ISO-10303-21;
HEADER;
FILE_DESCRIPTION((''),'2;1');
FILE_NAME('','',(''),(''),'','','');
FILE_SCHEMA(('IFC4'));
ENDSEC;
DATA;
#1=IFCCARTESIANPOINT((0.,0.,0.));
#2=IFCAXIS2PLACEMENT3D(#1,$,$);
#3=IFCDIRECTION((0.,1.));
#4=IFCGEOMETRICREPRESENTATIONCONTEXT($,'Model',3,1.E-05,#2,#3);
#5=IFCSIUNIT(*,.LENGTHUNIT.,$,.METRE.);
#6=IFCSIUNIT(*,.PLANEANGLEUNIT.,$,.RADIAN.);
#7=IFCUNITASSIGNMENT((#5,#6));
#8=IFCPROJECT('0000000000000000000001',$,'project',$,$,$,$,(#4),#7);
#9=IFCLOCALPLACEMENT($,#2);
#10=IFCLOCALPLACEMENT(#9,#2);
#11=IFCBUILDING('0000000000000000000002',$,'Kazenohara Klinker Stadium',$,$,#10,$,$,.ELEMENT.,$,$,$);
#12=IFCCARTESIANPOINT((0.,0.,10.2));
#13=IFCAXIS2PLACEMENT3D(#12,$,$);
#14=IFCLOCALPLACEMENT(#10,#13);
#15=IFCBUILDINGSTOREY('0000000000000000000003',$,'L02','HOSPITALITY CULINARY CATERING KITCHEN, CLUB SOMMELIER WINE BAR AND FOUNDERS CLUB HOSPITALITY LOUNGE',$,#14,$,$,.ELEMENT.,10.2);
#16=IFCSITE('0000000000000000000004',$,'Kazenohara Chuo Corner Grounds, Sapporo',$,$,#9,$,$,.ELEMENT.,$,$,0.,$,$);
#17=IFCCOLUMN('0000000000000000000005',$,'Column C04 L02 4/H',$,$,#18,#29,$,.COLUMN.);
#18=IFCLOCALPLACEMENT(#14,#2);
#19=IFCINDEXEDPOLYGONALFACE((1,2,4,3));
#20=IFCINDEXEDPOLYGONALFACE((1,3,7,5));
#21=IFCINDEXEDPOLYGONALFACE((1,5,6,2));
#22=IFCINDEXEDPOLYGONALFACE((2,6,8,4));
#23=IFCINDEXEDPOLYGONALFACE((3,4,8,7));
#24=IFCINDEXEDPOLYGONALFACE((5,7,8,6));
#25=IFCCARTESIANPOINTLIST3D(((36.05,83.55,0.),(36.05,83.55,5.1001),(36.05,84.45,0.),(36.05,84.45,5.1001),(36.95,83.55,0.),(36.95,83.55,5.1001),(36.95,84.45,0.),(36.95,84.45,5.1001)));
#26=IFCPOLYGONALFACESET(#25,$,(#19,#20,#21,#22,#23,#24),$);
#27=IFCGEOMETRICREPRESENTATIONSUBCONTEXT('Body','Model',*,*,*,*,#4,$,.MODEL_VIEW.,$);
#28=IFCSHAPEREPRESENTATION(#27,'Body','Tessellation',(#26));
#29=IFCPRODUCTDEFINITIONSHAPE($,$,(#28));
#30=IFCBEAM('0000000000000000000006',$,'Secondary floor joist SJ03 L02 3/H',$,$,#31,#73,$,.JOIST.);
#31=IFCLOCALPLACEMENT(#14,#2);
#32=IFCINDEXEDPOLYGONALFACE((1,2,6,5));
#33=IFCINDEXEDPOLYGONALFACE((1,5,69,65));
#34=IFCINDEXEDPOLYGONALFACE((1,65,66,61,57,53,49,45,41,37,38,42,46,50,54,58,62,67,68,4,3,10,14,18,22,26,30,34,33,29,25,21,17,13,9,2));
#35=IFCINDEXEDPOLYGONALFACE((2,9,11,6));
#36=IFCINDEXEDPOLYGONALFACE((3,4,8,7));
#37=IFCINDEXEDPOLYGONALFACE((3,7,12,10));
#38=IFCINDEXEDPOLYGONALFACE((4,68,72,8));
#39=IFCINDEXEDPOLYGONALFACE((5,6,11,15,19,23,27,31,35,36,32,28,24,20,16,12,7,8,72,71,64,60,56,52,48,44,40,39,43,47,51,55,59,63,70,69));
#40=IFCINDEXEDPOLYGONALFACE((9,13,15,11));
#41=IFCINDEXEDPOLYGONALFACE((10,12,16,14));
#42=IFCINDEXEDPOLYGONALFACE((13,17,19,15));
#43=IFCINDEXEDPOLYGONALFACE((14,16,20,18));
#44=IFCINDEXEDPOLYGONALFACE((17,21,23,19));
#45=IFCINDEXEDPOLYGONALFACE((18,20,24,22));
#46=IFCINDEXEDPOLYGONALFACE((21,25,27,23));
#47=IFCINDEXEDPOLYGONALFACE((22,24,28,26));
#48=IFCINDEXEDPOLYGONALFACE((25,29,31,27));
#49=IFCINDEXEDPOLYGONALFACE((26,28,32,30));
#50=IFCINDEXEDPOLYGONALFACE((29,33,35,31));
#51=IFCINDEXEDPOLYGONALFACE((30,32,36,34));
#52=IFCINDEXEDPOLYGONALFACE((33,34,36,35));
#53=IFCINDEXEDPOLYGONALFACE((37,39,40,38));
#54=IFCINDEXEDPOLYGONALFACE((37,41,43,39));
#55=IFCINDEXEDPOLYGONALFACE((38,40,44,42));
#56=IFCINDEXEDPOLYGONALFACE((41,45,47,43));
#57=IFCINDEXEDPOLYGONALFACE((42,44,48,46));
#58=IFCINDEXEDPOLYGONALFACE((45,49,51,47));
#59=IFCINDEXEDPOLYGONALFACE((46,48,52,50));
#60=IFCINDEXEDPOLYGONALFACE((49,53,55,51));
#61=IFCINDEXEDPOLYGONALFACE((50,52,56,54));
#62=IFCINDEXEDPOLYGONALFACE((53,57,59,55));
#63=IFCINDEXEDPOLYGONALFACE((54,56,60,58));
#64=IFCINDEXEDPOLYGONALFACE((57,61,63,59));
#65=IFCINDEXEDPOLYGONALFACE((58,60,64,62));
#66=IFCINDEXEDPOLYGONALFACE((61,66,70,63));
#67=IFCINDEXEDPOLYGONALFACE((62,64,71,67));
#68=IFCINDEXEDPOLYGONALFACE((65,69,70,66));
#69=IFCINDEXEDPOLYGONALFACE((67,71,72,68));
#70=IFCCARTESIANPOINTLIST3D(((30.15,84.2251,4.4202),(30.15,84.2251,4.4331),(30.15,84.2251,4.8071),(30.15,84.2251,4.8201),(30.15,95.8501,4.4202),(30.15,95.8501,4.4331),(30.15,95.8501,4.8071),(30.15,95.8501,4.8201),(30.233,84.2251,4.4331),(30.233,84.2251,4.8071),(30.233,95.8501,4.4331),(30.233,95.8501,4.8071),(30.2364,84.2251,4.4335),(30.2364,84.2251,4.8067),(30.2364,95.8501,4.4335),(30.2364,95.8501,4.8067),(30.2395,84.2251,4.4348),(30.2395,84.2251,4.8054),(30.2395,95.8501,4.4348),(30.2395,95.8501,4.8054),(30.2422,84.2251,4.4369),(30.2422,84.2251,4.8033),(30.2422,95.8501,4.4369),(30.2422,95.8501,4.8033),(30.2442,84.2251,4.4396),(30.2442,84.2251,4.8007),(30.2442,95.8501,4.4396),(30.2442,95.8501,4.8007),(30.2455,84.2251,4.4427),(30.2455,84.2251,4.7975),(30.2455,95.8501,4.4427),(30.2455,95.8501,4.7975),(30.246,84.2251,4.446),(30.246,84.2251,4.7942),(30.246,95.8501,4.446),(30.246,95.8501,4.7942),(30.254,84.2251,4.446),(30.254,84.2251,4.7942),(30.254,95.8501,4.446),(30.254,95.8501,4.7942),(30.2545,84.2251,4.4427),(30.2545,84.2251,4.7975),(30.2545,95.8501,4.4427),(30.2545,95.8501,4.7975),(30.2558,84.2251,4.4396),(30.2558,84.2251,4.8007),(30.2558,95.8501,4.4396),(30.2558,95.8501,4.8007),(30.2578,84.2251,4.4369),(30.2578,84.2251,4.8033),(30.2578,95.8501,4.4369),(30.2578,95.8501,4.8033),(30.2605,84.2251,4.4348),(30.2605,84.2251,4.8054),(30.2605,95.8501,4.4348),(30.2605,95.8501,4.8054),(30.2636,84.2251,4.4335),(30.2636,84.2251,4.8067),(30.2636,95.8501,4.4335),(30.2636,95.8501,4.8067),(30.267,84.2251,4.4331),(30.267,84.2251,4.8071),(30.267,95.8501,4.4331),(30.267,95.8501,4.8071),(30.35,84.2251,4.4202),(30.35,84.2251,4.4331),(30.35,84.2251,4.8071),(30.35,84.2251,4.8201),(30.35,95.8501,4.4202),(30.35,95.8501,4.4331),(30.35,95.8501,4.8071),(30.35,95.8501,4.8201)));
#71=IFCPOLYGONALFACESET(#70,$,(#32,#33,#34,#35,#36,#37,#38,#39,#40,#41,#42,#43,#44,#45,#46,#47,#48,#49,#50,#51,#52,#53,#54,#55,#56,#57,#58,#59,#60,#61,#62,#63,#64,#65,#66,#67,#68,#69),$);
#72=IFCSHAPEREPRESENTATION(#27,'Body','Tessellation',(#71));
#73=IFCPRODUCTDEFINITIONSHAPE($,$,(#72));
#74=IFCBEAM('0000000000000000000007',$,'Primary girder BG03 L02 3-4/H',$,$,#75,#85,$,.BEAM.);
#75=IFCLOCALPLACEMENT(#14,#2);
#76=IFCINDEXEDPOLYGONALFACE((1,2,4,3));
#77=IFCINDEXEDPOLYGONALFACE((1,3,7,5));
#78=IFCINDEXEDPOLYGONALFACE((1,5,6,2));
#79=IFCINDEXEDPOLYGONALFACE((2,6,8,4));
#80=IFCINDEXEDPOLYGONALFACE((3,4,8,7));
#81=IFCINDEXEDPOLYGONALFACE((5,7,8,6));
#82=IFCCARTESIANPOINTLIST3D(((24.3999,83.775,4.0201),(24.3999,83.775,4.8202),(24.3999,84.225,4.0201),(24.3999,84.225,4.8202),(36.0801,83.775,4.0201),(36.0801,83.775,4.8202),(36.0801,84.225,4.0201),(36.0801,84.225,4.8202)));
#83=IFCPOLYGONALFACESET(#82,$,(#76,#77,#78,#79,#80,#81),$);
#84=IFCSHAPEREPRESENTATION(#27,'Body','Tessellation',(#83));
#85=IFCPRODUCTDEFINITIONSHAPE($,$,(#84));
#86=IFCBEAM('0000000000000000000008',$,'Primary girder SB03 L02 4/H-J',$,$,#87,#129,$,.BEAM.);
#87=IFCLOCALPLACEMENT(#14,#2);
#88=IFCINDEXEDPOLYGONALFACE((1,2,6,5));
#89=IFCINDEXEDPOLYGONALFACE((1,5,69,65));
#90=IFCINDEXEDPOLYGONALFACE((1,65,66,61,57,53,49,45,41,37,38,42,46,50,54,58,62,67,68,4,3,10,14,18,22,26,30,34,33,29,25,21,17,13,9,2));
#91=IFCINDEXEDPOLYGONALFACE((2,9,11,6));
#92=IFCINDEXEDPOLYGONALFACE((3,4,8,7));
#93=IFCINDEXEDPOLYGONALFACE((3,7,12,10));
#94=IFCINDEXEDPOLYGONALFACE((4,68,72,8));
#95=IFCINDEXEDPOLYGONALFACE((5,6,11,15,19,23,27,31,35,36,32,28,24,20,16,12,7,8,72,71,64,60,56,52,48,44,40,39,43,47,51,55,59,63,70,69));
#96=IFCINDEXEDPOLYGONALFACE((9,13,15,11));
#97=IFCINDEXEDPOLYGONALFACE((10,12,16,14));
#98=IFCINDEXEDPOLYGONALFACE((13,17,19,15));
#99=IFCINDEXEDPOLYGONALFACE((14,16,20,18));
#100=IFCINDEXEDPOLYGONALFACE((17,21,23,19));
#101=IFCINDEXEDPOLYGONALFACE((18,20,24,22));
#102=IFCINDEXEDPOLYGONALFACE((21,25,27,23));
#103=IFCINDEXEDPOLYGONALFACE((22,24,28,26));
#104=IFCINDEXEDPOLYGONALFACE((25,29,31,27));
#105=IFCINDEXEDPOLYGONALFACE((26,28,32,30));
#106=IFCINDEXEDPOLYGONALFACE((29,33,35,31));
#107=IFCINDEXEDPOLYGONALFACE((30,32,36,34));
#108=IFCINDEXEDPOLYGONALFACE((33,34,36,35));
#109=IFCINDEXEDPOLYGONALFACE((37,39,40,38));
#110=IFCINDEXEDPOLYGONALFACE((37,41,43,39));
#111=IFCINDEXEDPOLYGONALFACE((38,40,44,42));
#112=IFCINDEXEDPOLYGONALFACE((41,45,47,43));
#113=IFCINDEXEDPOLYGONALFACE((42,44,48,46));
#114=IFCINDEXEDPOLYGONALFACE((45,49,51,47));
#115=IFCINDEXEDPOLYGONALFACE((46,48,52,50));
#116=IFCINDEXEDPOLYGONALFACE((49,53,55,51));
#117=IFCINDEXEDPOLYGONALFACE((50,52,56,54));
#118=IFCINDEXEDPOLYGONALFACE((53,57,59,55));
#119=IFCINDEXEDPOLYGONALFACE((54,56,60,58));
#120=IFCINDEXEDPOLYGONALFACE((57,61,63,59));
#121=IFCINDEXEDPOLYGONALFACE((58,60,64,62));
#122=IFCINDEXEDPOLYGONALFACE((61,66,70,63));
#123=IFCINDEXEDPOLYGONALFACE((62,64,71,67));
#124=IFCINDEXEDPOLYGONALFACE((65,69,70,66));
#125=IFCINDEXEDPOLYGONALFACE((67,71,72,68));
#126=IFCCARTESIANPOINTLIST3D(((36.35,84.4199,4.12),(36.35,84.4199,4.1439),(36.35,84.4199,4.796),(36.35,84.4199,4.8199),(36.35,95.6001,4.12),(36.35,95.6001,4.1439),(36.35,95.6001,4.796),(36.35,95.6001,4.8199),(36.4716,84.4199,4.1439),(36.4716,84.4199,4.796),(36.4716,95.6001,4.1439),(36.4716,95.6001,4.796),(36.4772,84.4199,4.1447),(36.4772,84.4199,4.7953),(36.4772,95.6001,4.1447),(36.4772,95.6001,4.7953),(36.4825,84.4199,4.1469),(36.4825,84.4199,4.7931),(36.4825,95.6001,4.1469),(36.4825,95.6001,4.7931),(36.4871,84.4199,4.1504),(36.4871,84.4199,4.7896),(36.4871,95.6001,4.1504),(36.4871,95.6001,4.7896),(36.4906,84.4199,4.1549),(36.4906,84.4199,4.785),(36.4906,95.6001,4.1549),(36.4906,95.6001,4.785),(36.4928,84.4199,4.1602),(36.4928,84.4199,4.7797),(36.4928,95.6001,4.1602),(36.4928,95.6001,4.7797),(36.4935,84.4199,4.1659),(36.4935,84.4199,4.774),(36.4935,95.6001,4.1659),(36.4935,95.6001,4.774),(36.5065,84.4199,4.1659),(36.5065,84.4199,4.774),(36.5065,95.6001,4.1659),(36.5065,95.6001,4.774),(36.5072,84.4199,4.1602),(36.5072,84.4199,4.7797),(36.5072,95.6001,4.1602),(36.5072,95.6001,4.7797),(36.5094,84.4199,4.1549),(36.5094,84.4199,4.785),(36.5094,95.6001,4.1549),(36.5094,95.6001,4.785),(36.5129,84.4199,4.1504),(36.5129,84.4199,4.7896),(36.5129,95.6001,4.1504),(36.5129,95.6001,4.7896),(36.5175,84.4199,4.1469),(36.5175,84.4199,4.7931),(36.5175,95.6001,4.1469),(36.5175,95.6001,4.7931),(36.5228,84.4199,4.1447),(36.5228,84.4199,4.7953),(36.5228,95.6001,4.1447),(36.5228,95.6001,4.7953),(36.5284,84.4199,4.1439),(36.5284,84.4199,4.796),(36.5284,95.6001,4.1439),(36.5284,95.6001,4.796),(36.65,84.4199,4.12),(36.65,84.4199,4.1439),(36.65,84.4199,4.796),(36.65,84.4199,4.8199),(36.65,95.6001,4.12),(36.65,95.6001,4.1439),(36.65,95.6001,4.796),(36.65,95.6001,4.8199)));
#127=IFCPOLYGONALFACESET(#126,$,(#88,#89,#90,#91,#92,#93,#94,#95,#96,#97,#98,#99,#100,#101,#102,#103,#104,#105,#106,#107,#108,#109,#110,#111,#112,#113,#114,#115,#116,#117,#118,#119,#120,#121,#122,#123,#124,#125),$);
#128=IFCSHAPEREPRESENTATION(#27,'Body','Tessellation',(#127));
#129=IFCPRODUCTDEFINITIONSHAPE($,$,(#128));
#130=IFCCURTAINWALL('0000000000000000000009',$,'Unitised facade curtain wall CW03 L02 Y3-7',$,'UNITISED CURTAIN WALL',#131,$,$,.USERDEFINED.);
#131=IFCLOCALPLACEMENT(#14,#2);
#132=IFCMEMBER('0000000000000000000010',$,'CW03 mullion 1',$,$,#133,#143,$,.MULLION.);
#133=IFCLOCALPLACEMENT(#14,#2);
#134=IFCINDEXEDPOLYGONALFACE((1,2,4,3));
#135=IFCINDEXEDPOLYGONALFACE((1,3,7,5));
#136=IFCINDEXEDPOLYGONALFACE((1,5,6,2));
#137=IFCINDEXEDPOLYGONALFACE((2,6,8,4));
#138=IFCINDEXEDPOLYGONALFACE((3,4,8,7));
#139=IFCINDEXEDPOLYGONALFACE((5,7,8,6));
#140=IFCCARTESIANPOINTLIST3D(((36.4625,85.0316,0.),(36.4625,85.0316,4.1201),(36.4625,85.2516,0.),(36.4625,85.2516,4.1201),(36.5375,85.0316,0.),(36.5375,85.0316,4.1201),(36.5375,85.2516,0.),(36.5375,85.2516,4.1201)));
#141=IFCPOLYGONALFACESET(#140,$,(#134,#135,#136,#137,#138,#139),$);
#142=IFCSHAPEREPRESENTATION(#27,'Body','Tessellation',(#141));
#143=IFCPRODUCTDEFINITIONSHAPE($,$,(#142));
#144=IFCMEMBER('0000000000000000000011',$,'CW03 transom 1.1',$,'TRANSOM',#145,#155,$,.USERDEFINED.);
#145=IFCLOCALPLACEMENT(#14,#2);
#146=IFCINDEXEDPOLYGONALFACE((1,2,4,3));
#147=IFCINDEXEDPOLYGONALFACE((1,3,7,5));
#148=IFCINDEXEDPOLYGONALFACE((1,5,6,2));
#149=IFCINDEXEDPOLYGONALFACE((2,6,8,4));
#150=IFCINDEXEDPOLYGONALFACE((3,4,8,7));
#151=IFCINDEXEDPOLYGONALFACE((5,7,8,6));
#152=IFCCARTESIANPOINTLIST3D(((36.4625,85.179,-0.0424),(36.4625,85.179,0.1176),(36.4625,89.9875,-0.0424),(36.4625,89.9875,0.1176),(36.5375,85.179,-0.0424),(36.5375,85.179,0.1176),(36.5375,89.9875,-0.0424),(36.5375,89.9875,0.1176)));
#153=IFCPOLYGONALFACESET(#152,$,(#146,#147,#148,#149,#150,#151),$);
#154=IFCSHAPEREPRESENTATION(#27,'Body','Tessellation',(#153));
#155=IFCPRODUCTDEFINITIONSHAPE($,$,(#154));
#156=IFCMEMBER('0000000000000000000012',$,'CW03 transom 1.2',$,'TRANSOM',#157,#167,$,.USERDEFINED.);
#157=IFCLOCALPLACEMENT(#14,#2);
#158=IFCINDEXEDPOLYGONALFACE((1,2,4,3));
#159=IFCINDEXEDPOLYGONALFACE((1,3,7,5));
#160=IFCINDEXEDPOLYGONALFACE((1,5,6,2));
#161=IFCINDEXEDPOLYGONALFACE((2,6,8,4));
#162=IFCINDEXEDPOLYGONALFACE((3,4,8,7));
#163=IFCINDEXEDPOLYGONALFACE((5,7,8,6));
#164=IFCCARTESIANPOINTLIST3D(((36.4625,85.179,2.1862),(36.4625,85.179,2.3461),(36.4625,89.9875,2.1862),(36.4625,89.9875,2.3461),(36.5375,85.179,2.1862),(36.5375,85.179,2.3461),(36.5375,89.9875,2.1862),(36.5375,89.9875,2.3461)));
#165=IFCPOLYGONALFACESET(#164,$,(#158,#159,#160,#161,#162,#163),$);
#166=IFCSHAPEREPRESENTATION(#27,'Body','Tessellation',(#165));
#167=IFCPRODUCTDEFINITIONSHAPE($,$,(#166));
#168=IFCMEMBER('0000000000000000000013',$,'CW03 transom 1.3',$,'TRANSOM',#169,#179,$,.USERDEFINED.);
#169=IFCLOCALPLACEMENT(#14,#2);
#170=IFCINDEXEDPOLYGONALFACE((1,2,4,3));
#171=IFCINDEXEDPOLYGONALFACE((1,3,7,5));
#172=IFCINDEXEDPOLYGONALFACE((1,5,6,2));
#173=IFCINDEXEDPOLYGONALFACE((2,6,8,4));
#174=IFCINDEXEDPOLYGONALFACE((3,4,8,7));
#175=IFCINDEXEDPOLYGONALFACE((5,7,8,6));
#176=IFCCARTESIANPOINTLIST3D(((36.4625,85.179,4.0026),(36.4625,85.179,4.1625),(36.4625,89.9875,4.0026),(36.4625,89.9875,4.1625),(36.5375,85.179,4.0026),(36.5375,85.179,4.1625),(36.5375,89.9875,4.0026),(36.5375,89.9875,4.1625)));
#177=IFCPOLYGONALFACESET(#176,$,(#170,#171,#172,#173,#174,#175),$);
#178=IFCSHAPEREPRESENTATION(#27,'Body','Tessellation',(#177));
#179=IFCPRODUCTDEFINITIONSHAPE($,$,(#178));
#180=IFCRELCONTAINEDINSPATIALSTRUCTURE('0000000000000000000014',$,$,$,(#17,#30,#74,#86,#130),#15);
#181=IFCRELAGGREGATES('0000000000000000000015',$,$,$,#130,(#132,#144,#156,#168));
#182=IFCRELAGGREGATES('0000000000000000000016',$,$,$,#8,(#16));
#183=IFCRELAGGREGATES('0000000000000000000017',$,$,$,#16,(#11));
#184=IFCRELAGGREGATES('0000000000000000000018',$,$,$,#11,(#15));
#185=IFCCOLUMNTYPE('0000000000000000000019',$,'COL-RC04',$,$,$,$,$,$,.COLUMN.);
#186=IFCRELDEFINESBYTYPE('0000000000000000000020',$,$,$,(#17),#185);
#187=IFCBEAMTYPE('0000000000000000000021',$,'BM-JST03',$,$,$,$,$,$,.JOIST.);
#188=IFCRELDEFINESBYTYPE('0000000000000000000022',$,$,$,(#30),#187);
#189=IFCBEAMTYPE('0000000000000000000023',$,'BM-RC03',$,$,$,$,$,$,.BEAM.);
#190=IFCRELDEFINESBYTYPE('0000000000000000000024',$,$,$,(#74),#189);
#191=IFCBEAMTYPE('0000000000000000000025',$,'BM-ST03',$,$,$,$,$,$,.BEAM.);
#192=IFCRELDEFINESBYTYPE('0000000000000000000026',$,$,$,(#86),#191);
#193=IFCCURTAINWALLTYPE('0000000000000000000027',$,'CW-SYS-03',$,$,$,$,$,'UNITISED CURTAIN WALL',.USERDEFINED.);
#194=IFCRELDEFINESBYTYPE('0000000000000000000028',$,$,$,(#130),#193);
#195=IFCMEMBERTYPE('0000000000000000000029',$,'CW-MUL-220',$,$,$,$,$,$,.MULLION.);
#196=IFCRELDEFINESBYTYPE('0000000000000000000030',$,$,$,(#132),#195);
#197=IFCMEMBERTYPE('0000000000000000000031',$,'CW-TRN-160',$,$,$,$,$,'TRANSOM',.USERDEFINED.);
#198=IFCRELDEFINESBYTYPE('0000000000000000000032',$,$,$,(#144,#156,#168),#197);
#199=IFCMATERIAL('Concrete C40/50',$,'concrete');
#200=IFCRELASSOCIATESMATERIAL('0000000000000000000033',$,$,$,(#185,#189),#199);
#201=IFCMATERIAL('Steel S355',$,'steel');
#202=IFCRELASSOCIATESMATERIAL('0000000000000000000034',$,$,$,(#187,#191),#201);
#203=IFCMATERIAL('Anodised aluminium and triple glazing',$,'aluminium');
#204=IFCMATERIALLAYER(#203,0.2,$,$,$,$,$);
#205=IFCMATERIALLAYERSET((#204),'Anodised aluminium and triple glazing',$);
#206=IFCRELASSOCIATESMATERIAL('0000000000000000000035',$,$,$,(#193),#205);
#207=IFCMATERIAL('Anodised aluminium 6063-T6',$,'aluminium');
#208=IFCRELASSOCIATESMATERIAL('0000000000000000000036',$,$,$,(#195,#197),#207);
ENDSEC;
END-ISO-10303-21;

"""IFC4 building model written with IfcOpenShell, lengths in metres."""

from ifc_helpers import new_model, si_unit, direction, frame, origin, origin_2d, place, context, subcontext, project, spatial, rectangle, i_section, extrude, material, layer, layer_set, material_profile, profile_set, type_object, element, aggregate, save


model = new_model("IFC4")

# Units and contexts
model_context = context("Model", 3, precision=1e-05, world=origin(), true_north=direction((0.0, 1.0)))
body_context = subcontext(model_context, "Body", "Model", "MODEL_VIEW")
ifc_project = project(units=[si_unit("LENGTHUNIT", "METRE"), si_unit("PLANEANGLEUNIT", "RADIAN")], contexts=[model_context])

# Site, building, storey
site_placement = place(None, origin())
site = spatial("IfcSite", under=ifc_project, at=site_placement, Name="Kazenohara Chuo Corner Grounds, Sapporo", CompositionType="ELEMENT", RefElevation=0.0)
building_placement = place(site_placement, origin())
building = spatial("IfcBuilding", under=site, at=building_placement, Name="Kazenohara Klinker Stadium", CompositionType="ELEMENT")
storey_placement = place(building_placement, frame((0.0, 0.0, 10.2)))
storey = spatial("IfcBuildingStorey", under=building, at=storey_placement, Name="L02", Description="HOSPITALITY CULINARY CATERING KITCHEN, CLUB SOMMELIER WINE BAR AND FOUNDERS CLUB HOSPITALITY LOUNGE", CompositionType="ELEMENT", Elevation=10.2)

# Column
ifc_material_1 = material(Name="Concrete C40/50", Category="concrete")
ifc_material_profile_1 = material_profile(ifc_material_1, rectangle(XDim=0.8999, YDim=0.8999, at=origin_2d()), Name="RC-COL-900x900")
ifc_profile_set_1 = profile_set([ifc_material_profile_1], Name="Concrete C40/50")
column_type = type_object("IfcColumnType", Name="COL-RC04", PredefinedType="COLUMN", material=ifc_profile_set_1)
column_placement = place(storey_placement, frame((36.5, 84.0, 0.0), z_axis=(0.0, 0.0, 1.0), x_axis=(1.0, 0.0, 0.0)))
element("IfcColumn", 1, at=column_placement, inside=storey, type_object=column_type, Name="Column C04 L02 4/H", PredefinedType="COLUMN", context=body_context, shape_type="SweptSolid", body=[
    extrude(rectangle(XDim=0.8999, YDim=0.8999, at=origin_2d()), origin(), (0.0, 0.0, 1.0), 5.1001),
])

# Beams
ifc_material_2 = material(Name="Steel S355", Category="steel")
ifc_material_profile_2 = material_profile(ifc_material_2, i_section(OverallWidth=0.2, OverallDepth=0.3999, WebThickness=0.0081, FlangeThickness=0.0129, FilletRadius=0.0129, at=origin_2d()), Name="H-400x200x8x13")
ifc_profile_set_2 = profile_set([ifc_material_profile_2], Name="Steel S355")
beam_type_1 = type_object("IfcBeamType", Name="BM-JST03", PredefinedType="JOIST", material=ifc_profile_set_2)
beam_1_placement = place(storey_placement, frame((30.25, 84.2251, 4.6201), z_axis=(0.0, 1.0, 0.0), x_axis=(-1.0, 0.0, 0.0)))
element("IfcBeam", 2, at=beam_1_placement, inside=storey, type_object=beam_type_1, Name="Secondary floor joist SJ03 L02 3/H", PredefinedType="JOIST", context=body_context, shape_type="SweptSolid", body=[
    extrude(i_section(OverallWidth=0.2, OverallDepth=0.3999, WebThickness=0.0081, FlangeThickness=0.0129, FilletRadius=0.0129, at=origin_2d()), origin(), (0.0, 0.0, 1.0), 11.625),
])
ifc_material_profile_3 = material_profile(ifc_material_1, rectangle(XDim=0.45, YDim=0.8, at=origin_2d()), Name="RC-BM-450x800")
ifc_profile_set_3 = profile_set([ifc_material_profile_3], Name="Concrete C40/50")
beam_type_2 = type_object("IfcBeamType", Name="BM-RC03", PredefinedType="BEAM", material=ifc_profile_set_3)
beam_2_placement = place(storey_placement, frame((24.3999, 84.0, 4.4202), z_axis=(1.0, 0.0, 0.0), x_axis=(0.0, 1.0, 0.0)))
element("IfcBeam", 3, at=beam_2_placement, inside=storey, type_object=beam_type_2, Name="Primary girder BG03 L02 3-4/H", PredefinedType="BEAM", context=body_context, shape_type="SweptSolid", body=[
    extrude(rectangle(XDim=0.45, YDim=0.8, at=origin_2d()), origin(), (0.0, 0.0, 1.0), 11.6802),
])
ifc_material_profile_4 = material_profile(ifc_material_2, i_section(OverallWidth=0.3, OverallDepth=0.7, WebThickness=0.0129, FlangeThickness=0.0239, FilletRadius=0.022, at=origin_2d()), Name="H-700x300x13x24")
ifc_profile_set_4 = profile_set([ifc_material_profile_4], Name="Steel S355")
beam_type_3 = type_object("IfcBeamType", Name="BM-ST03", PredefinedType="BEAM", material=ifc_profile_set_4)
beam_3_placement = place(storey_placement, frame((36.5, 84.4199, 4.47), z_axis=(0.0, 1.0, 0.0), x_axis=(-1.0, 0.0, 0.0)))
element("IfcBeam", 4, at=beam_3_placement, inside=storey, type_object=beam_type_3, Name="Primary girder SB03 L02 4/H-J", PredefinedType="BEAM", context=body_context, shape_type="SweptSolid", body=[
    extrude(i_section(OverallWidth=0.3, OverallDepth=0.7, WebThickness=0.0129, FlangeThickness=0.0239, FilletRadius=0.022, at=origin_2d()), origin(), (0.0, 0.0, 1.0), 11.1802),
])

# Curtain wall, members
ifc_material_3 = material(Name="Anodised aluminium and triple glazing", Category="aluminium")
ifc_layer_1 = layer(ifc_material_3, 0.2)
ifc_layer_set_1 = layer_set([ifc_layer_1], Name="Anodised aluminium and triple glazing")
curtain_wall_type = type_object("IfcCurtainWallType", Name="CW-SYS-03", ElementType="UNITISED CURTAIN WALL", PredefinedType="USERDEFINED", material=ifc_layer_set_1)
curtain_wall_placement = place(storey_placement, origin())
curtain_wall = element("IfcCurtainWall", 5, at=curtain_wall_placement, inside=storey, type_object=curtain_wall_type, Name="Unitised facade curtain wall CW03 L02 Y3-7", ObjectType="UNITISED CURTAIN WALL", PredefinedType="USERDEFINED")
ifc_material_4 = material(Name="Anodised aluminium 6063-T6", Category="aluminium")
ifc_material_profile_5 = material_profile(ifc_material_4, rectangle(XDim=0.075, YDim=0.22, at=origin_2d()), Name="ALU-MUL-75x220")
ifc_profile_set_5 = profile_set([ifc_material_profile_5], Name="Anodised aluminium 6063-T6")
member_type_1 = type_object("IfcMemberType", Name="CW-MUL-220", PredefinedType="MULLION", material=ifc_profile_set_5)
member_1_placement = place(storey_placement, frame((36.5, 85.1416, 0.0), z_axis=(0.0, 0.0, 1.0), x_axis=(-1.0, 0.0, 0.0)))
member_1 = element("IfcMember", 6, at=member_1_placement, type_object=member_type_1, Name="CW03 mullion 1", PredefinedType="MULLION", context=body_context, shape_type="SweptSolid", body=[
    extrude(rectangle(XDim=0.075, YDim=0.22, at=origin_2d()), origin(), (0.0, 0.0, 1.0), 4.1201),
])
ifc_material_profile_6 = material_profile(ifc_material_4, rectangle(XDim=0.075, YDim=0.1599, at=origin_2d()), Name="ALU-TRN-75x160")
ifc_profile_set_6 = profile_set([ifc_material_profile_6], Name="Anodised aluminium 6063-T6")
member_type_2 = type_object("IfcMemberType", Name="CW-TRN-160", ElementType="TRANSOM", PredefinedType="USERDEFINED", material=ifc_profile_set_6)
member_2_placement = place(storey_placement, frame((36.5, 85.179, 0.0376), z_axis=(0.0, 1.0, 0.0), x_axis=(-1.0, 0.0, 0.0)))
member_2 = element("IfcMember", 7, at=member_2_placement, type_object=member_type_2, Name="CW03 transom 1.1", ObjectType="TRANSOM", PredefinedType="USERDEFINED", context=body_context, shape_type="SweptSolid", body=[
    extrude(rectangle(XDim=0.075, YDim=0.1599, at=origin_2d()), origin(), (0.0, 0.0, 1.0), 4.8086),
])
member_3_placement = place(storey_placement, frame((36.5, 85.179, 2.2661), z_axis=(0.0, 1.0, 0.0), x_axis=(-1.0, 0.0, 0.0)))
member_3 = element("IfcMember", 8, at=member_3_placement, type_object=member_type_2, Name="CW03 transom 1.2", ObjectType="TRANSOM", PredefinedType="USERDEFINED", context=body_context, shape_type="SweptSolid", body=[
    extrude(rectangle(XDim=0.075, YDim=0.1599, at=origin_2d()), origin(), (0.0, 0.0, 1.0), 4.8086),
])
member_4_placement = place(storey_placement, frame((36.5, 85.179, 4.0825), z_axis=(0.0, 1.0, 0.0), x_axis=(-1.0, 0.0, 0.0)))
member_4 = element("IfcMember", 9, at=member_4_placement, type_object=member_type_2, Name="CW03 transom 1.3", ObjectType="TRANSOM", PredefinedType="USERDEFINED", context=body_context, shape_type="SweptSolid", body=[
    extrude(rectangle(XDim=0.075, YDim=0.1599, at=origin_2d()), origin(), (0.0, 0.0, 1.0), 4.8086),
])
aggregate(curtain_wall, [member_1, member_2, member_3, member_4])

save(model, "model.ifc")
